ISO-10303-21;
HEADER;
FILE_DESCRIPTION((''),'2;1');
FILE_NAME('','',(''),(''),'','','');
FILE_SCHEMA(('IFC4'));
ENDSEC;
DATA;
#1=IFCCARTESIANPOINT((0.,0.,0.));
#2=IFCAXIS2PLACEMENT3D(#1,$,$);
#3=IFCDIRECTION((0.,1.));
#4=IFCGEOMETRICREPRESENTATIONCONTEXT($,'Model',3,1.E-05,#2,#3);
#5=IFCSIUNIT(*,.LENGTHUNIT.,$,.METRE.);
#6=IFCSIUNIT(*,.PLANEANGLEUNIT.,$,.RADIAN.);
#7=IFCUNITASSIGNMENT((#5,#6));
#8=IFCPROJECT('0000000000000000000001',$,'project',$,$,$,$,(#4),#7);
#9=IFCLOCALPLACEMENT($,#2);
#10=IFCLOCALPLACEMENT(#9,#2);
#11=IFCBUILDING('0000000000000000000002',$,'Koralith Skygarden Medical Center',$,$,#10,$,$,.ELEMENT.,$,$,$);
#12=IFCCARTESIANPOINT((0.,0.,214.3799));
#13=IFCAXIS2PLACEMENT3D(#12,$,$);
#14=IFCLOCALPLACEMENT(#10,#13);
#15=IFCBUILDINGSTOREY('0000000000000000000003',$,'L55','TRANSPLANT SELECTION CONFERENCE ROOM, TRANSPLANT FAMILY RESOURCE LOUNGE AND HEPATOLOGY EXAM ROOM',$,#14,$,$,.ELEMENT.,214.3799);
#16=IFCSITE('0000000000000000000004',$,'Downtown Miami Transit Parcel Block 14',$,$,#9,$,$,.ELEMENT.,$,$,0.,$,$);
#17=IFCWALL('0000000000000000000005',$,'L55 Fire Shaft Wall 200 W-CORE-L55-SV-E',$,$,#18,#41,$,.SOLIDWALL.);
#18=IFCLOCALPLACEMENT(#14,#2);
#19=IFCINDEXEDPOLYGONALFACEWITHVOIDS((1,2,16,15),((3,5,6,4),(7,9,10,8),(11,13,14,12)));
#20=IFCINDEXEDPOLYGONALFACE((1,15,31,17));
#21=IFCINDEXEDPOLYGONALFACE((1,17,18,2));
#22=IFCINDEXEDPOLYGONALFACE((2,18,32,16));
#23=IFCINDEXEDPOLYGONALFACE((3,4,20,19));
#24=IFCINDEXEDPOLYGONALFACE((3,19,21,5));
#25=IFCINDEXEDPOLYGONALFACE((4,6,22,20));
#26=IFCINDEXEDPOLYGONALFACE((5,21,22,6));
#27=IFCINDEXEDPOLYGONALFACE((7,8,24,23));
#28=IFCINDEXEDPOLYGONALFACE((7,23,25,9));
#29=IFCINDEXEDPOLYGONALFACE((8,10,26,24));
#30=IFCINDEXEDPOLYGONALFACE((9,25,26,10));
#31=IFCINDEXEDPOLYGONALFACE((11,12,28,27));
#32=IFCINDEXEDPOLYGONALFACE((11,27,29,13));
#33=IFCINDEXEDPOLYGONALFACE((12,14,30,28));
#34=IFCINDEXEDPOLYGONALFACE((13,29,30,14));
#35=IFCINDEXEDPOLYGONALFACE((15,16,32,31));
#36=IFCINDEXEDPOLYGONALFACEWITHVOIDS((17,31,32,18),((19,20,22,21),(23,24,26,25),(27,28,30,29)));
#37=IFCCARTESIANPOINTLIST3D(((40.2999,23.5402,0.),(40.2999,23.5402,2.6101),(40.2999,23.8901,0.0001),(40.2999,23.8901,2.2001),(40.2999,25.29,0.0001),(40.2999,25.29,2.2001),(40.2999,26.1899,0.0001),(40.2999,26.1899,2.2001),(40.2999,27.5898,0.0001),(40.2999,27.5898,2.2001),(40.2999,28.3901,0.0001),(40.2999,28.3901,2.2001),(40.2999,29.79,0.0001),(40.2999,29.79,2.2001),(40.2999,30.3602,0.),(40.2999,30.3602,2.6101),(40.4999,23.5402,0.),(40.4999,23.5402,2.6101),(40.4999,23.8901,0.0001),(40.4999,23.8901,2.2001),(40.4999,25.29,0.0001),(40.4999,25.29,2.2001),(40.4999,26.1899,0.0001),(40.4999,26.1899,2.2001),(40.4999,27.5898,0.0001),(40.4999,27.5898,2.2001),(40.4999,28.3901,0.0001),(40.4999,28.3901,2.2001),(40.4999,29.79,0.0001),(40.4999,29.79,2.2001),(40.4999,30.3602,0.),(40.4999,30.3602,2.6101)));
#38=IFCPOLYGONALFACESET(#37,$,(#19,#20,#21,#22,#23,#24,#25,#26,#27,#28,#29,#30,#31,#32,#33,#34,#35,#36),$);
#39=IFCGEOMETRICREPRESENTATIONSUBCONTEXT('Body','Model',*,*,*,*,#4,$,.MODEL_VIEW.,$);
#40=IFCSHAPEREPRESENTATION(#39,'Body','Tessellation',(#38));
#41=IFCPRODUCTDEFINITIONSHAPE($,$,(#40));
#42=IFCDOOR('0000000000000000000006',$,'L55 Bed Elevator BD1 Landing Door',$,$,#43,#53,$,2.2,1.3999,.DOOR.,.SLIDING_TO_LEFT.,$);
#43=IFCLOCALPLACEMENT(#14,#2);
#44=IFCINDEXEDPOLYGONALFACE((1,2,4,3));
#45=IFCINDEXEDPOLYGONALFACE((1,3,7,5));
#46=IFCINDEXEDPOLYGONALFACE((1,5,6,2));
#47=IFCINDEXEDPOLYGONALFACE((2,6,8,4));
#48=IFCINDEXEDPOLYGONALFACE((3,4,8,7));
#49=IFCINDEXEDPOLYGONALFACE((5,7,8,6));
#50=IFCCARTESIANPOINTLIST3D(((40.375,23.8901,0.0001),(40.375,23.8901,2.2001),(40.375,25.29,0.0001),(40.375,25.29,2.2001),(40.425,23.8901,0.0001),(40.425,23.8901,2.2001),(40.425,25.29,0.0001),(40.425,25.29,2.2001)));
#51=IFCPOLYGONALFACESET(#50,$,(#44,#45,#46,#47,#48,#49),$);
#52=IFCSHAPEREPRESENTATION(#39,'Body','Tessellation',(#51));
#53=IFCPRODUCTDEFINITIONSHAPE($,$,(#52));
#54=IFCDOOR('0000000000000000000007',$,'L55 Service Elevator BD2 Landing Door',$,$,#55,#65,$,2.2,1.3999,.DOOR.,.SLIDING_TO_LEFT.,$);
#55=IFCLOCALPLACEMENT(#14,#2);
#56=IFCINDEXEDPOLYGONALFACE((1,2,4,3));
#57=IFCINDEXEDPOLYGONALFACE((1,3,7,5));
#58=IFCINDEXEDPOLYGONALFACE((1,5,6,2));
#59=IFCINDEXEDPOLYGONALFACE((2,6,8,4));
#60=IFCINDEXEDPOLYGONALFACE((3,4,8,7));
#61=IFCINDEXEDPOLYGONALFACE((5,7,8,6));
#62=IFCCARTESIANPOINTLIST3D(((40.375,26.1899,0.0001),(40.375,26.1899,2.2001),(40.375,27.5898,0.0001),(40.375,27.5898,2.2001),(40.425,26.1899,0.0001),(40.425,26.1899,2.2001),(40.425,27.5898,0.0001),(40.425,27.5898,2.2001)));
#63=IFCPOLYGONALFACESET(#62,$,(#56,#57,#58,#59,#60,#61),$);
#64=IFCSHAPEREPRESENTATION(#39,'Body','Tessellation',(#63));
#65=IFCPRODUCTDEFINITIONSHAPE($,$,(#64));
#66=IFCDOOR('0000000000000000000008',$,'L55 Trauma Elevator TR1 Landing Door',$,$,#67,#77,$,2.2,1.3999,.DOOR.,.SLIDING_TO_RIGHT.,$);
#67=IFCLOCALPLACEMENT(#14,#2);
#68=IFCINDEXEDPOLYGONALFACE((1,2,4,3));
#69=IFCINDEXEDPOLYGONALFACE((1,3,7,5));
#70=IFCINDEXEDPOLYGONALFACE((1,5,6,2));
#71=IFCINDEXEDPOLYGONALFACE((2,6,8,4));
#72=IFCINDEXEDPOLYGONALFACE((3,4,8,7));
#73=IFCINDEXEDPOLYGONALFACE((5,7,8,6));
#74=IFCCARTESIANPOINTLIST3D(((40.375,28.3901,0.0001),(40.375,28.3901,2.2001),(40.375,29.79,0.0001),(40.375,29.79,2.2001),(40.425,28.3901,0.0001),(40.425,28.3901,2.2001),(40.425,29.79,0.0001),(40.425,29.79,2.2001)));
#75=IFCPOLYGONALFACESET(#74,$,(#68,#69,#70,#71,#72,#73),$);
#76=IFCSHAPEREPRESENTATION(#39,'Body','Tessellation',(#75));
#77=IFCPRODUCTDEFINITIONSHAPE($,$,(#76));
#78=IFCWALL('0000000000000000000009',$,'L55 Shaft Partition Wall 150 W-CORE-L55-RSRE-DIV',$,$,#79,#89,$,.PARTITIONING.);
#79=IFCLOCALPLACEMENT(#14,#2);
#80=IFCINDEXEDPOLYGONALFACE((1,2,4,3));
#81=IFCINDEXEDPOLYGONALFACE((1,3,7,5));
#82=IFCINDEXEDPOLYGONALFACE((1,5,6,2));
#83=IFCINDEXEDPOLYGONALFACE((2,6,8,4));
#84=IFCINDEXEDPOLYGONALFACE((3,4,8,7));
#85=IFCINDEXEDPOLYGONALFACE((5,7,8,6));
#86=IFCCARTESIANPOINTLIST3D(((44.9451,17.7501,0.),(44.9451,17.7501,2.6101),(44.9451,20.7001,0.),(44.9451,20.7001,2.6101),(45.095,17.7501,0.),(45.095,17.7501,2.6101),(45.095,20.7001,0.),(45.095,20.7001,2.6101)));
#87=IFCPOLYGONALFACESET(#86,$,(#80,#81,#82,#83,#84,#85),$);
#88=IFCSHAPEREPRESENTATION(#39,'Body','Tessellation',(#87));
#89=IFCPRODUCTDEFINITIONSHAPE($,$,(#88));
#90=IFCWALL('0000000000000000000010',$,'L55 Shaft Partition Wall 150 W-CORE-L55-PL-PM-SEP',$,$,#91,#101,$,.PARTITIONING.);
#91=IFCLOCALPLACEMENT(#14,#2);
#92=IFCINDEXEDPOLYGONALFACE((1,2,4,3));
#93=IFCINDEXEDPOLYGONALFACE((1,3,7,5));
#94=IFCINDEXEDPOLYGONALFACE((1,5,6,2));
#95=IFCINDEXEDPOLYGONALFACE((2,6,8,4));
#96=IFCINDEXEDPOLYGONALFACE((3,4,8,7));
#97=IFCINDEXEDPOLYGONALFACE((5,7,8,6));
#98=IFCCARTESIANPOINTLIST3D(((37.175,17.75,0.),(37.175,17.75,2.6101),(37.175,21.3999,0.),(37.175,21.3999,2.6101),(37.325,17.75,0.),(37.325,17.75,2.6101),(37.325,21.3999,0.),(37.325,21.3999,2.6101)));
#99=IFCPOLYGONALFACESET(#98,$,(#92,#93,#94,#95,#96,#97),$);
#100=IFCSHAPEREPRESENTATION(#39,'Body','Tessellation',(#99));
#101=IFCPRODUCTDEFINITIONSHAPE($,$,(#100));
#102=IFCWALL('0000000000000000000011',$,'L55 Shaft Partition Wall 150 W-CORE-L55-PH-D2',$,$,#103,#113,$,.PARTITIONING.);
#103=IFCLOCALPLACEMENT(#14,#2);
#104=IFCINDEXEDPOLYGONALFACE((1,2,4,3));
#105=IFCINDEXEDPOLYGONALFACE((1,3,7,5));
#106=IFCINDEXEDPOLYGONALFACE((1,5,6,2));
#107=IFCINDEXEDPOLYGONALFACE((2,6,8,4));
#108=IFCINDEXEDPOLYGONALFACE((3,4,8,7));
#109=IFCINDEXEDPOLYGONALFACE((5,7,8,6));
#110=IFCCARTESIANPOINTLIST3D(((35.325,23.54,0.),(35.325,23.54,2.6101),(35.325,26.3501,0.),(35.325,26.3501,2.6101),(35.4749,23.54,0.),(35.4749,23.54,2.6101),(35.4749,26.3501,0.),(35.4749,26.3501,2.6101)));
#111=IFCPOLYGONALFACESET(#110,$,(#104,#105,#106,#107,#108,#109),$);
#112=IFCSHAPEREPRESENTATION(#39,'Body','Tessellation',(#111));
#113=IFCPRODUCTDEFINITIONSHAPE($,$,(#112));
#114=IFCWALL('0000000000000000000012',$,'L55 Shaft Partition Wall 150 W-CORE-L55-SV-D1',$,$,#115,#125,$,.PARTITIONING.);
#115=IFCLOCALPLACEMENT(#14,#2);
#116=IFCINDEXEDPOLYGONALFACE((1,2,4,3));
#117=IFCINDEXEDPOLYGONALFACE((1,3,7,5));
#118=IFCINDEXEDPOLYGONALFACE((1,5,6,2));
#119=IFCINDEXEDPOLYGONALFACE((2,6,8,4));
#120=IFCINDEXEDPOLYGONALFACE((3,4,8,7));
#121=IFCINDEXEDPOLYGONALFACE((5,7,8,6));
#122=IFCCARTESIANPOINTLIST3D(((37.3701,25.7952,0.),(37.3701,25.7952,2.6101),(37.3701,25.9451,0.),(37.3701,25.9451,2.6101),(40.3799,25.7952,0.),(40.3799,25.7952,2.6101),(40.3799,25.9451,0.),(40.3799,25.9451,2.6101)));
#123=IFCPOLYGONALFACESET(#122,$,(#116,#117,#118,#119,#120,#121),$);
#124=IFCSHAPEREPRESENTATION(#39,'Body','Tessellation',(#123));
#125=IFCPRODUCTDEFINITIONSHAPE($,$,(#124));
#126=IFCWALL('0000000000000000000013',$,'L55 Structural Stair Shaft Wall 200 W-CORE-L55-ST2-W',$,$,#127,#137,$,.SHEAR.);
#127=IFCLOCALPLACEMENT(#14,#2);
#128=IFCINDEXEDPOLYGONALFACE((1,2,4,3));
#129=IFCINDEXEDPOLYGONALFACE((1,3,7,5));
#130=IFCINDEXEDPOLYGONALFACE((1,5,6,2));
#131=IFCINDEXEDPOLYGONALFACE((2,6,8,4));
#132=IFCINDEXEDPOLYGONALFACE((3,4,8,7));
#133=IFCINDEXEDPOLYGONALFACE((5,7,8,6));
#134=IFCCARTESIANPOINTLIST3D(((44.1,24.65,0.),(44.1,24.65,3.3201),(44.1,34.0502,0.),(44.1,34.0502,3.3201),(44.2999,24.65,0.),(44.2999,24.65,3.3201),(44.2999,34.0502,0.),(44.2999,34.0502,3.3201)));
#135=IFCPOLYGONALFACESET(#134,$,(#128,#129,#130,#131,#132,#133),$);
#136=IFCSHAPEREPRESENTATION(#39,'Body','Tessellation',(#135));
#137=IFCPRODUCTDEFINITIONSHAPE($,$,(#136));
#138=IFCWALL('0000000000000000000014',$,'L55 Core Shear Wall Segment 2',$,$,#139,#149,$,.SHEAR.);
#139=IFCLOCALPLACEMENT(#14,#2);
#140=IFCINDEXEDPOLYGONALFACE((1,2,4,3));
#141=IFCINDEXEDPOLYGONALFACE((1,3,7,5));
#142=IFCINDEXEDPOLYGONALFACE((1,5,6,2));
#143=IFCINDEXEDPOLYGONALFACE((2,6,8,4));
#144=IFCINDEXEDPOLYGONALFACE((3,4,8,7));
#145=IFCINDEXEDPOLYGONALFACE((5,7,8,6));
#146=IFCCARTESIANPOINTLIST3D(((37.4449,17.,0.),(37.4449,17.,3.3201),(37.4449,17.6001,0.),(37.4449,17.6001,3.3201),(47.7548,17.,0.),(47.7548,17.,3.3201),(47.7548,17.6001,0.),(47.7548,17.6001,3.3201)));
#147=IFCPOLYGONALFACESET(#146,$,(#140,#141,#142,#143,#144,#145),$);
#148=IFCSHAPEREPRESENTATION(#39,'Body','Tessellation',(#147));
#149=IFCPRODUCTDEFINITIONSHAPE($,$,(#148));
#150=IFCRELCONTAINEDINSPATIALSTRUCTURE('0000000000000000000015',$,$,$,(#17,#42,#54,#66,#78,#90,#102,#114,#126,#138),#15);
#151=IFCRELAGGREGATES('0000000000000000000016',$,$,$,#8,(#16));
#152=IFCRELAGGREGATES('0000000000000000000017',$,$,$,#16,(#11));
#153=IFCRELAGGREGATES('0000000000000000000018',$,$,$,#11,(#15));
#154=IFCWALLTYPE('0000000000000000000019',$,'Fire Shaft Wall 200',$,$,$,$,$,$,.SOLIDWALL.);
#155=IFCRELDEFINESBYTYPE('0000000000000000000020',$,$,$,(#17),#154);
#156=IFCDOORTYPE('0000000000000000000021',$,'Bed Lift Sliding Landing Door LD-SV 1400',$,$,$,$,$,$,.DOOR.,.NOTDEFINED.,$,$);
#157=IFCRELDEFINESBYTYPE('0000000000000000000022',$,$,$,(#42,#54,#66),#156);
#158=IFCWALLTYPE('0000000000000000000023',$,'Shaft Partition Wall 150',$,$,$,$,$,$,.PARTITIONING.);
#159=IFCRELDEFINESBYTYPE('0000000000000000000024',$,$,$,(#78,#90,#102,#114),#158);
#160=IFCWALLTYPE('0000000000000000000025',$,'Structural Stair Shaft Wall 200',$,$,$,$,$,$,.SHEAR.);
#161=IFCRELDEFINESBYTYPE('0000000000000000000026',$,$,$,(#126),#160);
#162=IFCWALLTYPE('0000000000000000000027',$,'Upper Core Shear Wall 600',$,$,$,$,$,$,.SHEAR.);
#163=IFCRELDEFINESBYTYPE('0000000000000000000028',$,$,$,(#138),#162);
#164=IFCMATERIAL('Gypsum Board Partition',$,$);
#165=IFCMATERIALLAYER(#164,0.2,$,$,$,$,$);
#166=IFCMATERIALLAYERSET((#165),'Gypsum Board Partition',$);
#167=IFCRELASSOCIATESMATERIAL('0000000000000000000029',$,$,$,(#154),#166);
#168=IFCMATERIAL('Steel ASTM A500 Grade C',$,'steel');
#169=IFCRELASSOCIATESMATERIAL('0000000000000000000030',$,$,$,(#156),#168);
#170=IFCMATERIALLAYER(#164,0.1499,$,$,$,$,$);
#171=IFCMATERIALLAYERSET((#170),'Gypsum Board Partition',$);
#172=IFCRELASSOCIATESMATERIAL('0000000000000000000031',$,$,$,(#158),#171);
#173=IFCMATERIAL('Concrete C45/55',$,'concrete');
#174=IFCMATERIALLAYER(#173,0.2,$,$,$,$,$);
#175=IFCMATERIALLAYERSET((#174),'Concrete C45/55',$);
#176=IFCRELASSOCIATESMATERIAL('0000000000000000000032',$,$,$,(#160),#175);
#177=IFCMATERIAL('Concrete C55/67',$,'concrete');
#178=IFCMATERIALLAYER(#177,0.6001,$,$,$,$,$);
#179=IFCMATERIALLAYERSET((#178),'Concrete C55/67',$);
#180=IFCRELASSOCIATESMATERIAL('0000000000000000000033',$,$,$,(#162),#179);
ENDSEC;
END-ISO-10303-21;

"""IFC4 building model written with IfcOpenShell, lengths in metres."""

from ifc_helpers import new_model, si_unit, direction, frame, frame_2d, origin, place, context, subcontext, project, spatial, rectangle, extrude, material, layer, layer_set, type_object, element, fill, save


model = new_model("IFC4")

# Units and contexts
model_context = context("Model", 3, precision=1e-05, world=origin(), true_north=direction((0.0, 1.0)))
body_context = subcontext(model_context, "Body", "Model", "MODEL_VIEW")
ifc_project = project(units=[si_unit("LENGTHUNIT", "METRE"), si_unit("PLANEANGLEUNIT", "RADIAN")], contexts=[model_context])

# Site, building, storey
site_placement = place(None, origin())
site = spatial("IfcSite", under=ifc_project, at=site_placement, Name="Downtown Miami Transit Parcel Block 14", CompositionType="ELEMENT", RefElevation=0.0)
building_placement = place(site_placement, origin())
building = spatial("IfcBuilding", under=site, at=building_placement, Name="Koralith Skygarden Medical Center", CompositionType="ELEMENT")
storey_placement = place(building_placement, frame((0.0, 0.0, 214.3799)))
storey = spatial("IfcBuildingStorey", under=building, at=storey_placement, Name="L55", Description="TRANSPLANT SELECTION CONFERENCE ROOM, TRANSPLANT FAMILY RESOURCE LOUNGE AND HEPATOLOGY EXAM ROOM", CompositionType="ELEMENT", Elevation=214.3799)

# Shared definitions
ifc_material_1 = material(Name="Concrete C55/67", Category="concrete")

# Shared definitions
ifc_material_2 = material(Name="Concrete C45/55", Category="concrete")

# Shared definitions
ifc_material_3 = material(Name="Gypsum Board Partition")

# Shared definitions
ifc_layer_1 = layer(ifc_material_3, 0.2)
ifc_layer_set_1 = layer_set([ifc_layer_1], Name="Gypsum Board Partition")
wall_type_1 = type_object("IfcWallType", Name="Fire Shaft Wall 200", PredefinedType="SOLIDWALL", material=ifc_layer_set_1)
ifc_material_4 = material(Name="Steel ASTM A500 Grade C", Category="steel")

# Wall, openings, doors
wall_1_placement = place(storey_placement, frame((40.3999, 23.54, 0.0), z_axis=(0.0, 0.0, 1.0), x_axis=(0.0, 1.0, 0.0)))
wall_1 = element("IfcWall", 1, at=wall_1_placement, inside=storey, type_object=wall_type_1, Name="L55 Fire Shaft Wall 200 W-CORE-L55-SV-E", PredefinedType="SOLIDWALL", context=body_context, shape_type="SweptSolid", body=[
    extrude(rectangle(XDim=6.8201, YDim=0.2, at=frame_2d((3.4102, 0.0))), origin(), (0.0, 0.0, 1.0), 2.6101),
])
opening_1_placement = place(wall_1_placement, frame((0.3501, 0.0, 0.0)))
opening_1 = element("IfcOpeningElement", 2, at=opening_1_placement, cuts=wall_1, PredefinedType="OPENING", context=body_context, shape_type="SweptSolid", body=[
    extrude(rectangle(XDim=1.3999, YDim=2.2, at=frame_2d((0.7, 1.1001))), frame((0.0, 0.1099, 0.0), z_axis=(0.0, -1.0, 0.0), x_axis=(1.0, 0.0, 0.0)), (0.0, 0.0, 1.0), 0.22),
])
opening_2_placement = place(wall_1_placement, frame((2.6499, 0.0, 0.0)))
opening_2 = element("IfcOpeningElement", 3, at=opening_2_placement, cuts=wall_1, PredefinedType="OPENING", context=body_context, shape_type="SweptSolid", body=[
    extrude(rectangle(XDim=1.3999, YDim=2.2, at=frame_2d((0.7, 1.1001))), frame((0.0, 0.1099, 0.0), z_axis=(0.0, -1.0, 0.0), x_axis=(1.0, 0.0, 0.0)), (0.0, 0.0, 1.0), 0.22),
])
opening_3_placement = place(wall_1_placement, frame((4.8501, 0.0, 0.0)))
opening_3 = element("IfcOpeningElement", 4, at=opening_3_placement, cuts=wall_1, PredefinedType="OPENING", context=body_context, shape_type="SweptSolid", body=[
    extrude(rectangle(XDim=1.3999, YDim=2.2, at=frame_2d((0.7, 1.1001))), frame((0.0, 0.1099, 0.0), z_axis=(0.0, -1.0, 0.0), x_axis=(1.0, 0.0, 0.0)), (0.0, 0.0, 1.0), 0.22),
])
door_type_1 = type_object("IfcDoorType", Name="Bed Lift Sliding Landing Door LD-SV 1400", OperationType="NOTDEFINED", PredefinedType="DOOR", material=ifc_material_4)
door_1_placement = place(opening_1_placement, origin())
door_1 = element("IfcDoor", 5, at=door_1_placement, inside=storey, type_object=door_type_1, Name="L55 Bed Elevator BD1 Landing Door", OperationType="SLIDING_TO_LEFT", OverallHeight=2.2, OverallWidth=1.3999, PredefinedType="DOOR", context=body_context, shape_type="SweptSolid", body=[
    extrude(rectangle(XDim=1.3999, YDim=2.2, at=frame_2d((0.7, 1.1001))), frame((0.0, 0.0249, 0.0), z_axis=(0.0, -1.0, 0.0), x_axis=(1.0, 0.0, 0.0)), (0.0, 0.0, 1.0), 0.05),
])
fill(opening_1, door_1)
door_2_placement = place(opening_2_placement, origin())
door_2 = element("IfcDoor", 6, at=door_2_placement, inside=storey, type_object=door_type_1, Name="L55 Service Elevator BD2 Landing Door", OperationType="SLIDING_TO_LEFT", OverallHeight=2.2, OverallWidth=1.3999, PredefinedType="DOOR", context=body_context, shape_type="SweptSolid", body=[
    extrude(rectangle(XDim=1.3999, YDim=2.2, at=frame_2d((0.7, 1.1001))), frame((0.0, 0.0249, 0.0), z_axis=(0.0, -1.0, 0.0), x_axis=(1.0, 0.0, 0.0)), (0.0, 0.0, 1.0), 0.05),
])
fill(opening_2, door_2)
door_3_placement = place(opening_3_placement, origin())
door_3 = element("IfcDoor", 7, at=door_3_placement, inside=storey, type_object=door_type_1, Name="L55 Trauma Elevator TR1 Landing Door", OperationType="SLIDING_TO_RIGHT", OverallHeight=2.2, OverallWidth=1.3999, PredefinedType="DOOR", context=body_context, shape_type="SweptSolid", body=[
    extrude(rectangle(XDim=1.3999, YDim=2.2, at=frame_2d((0.7, 1.1001))), frame((0.0, 0.0249, 0.0), z_axis=(0.0, -1.0, 0.0), x_axis=(1.0, 0.0, 0.0)), (0.0, 0.0, 1.0), 0.05),
])
fill(opening_3, door_3)

# Walls
ifc_layer_2 = layer(ifc_material_3, 0.1499)
ifc_layer_set_2 = layer_set([ifc_layer_2], Name="Gypsum Board Partition")
wall_type_2 = type_object("IfcWallType", Name="Shaft Partition Wall 150", PredefinedType="PARTITIONING", material=ifc_layer_set_2)
wall_2_placement = place(storey_placement, frame((45.02, 17.75, 0.0), z_axis=(0.0, 0.0, 1.0), x_axis=(0.0, 1.0, 0.0)))
element("IfcWall", 8, at=wall_2_placement, inside=storey, type_object=wall_type_2, Name="L55 Shaft Partition Wall 150 W-CORE-L55-RSRE-DIV", PredefinedType="PARTITIONING", context=body_context, shape_type="SweptSolid", body=[
    extrude(rectangle(XDim=2.95, YDim=0.1499, at=frame_2d((1.4751, 0.0))), origin(), (0.0, 0.0, 1.0), 2.6101),
])
wall_3_placement = place(storey_placement, frame((37.25, 17.75, 0.0), z_axis=(0.0, 0.0, 1.0), x_axis=(0.0, 1.0, 0.0)))
element("IfcWall", 9, at=wall_3_placement, inside=storey, type_object=wall_type_2, Name="L55 Shaft Partition Wall 150 W-CORE-L55-PL-PM-SEP", PredefinedType="PARTITIONING", context=body_context, shape_type="SweptSolid", body=[
    extrude(rectangle(XDim=3.6499, YDim=0.1499, at=frame_2d((1.825, 0.0))), origin(), (0.0, 0.0, 1.0), 2.6101),
])
wall_4_placement = place(storey_placement, frame((35.3999, 23.54, 0.0), z_axis=(0.0, 0.0, 1.0), x_axis=(0.0, 1.0, 0.0)))
element("IfcWall", 10, at=wall_4_placement, inside=storey, type_object=wall_type_2, Name="L55 Shaft Partition Wall 150 W-CORE-L55-PH-D2", PredefinedType="PARTITIONING", context=body_context, shape_type="SweptSolid", body=[
    extrude(rectangle(XDim=2.8101, YDim=0.1499, at=frame_2d((1.405, 0.0))), origin(), (0.0, 0.0, 1.0), 2.6101),
])
wall_5_placement = place(storey_placement, frame((37.3701, 25.8701, 0.0), z_axis=(0.0, 0.0, 1.0), x_axis=(1.0, 0.0, 0.0)))
element("IfcWall", 11, at=wall_5_placement, inside=storey, type_object=wall_type_2, Name="L55 Shaft Partition Wall 150 W-CORE-L55-SV-D1", PredefinedType="PARTITIONING", context=body_context, shape_type="SweptSolid", body=[
    extrude(rectangle(XDim=3.0098, YDim=0.1499, at=frame_2d((1.5049, 0.0))), origin(), (0.0, 0.0, 1.0), 2.6101),
])
ifc_layer_3 = layer(ifc_material_2, 0.2)
ifc_layer_set_3 = layer_set([ifc_layer_3], Name="Concrete C45/55")
wall_type_3 = type_object("IfcWallType", Name="Structural Stair Shaft Wall 200", PredefinedType="SHEAR", material=ifc_layer_set_3)
wall_6_placement = place(storey_placement, frame((44.2, 24.6499, 0.0), z_axis=(0.0, 0.0, 1.0), x_axis=(0.0, 1.0, 0.0)))
element("IfcWall", 12, at=wall_6_placement, inside=storey, type_object=wall_type_3, Name="L55 Structural Stair Shaft Wall 200 W-CORE-L55-ST2-W", PredefinedType="SHEAR", context=body_context, shape_type="SweptSolid", body=[
    extrude(rectangle(XDim=9.4001, YDim=0.2, at=frame_2d((4.7002, 0.0))), origin(), (0.0, 0.0, 1.0), 3.3201),
])

# Wall
ifc_layer_4 = layer(ifc_material_1, 0.6001)
ifc_layer_set_4 = layer_set([ifc_layer_4], Name="Concrete C55/67")
wall_type_4 = type_object("IfcWallType", Name="Upper Core Shear Wall 600", PredefinedType="SHEAR", material=ifc_layer_set_4)
wall_7_placement = place(storey_placement, frame((37.4451, 17.3, 0.0), z_axis=(0.0, 0.0, 1.0), x_axis=(1.0, 0.0, 0.0)))
element("IfcWall", 13, at=wall_7_placement, inside=storey, type_object=wall_type_4, Name="L55 Core Shear Wall Segment 2", PredefinedType="SHEAR", context=body_context, shape_type="SweptSolid", body=[
    extrude(rectangle(XDim=10.3098, YDim=0.6001, at=frame_2d((5.1548, 0.0))), origin(), (0.0, 0.0, 1.0), 3.3201),
])

save(model, "model.ifc")
